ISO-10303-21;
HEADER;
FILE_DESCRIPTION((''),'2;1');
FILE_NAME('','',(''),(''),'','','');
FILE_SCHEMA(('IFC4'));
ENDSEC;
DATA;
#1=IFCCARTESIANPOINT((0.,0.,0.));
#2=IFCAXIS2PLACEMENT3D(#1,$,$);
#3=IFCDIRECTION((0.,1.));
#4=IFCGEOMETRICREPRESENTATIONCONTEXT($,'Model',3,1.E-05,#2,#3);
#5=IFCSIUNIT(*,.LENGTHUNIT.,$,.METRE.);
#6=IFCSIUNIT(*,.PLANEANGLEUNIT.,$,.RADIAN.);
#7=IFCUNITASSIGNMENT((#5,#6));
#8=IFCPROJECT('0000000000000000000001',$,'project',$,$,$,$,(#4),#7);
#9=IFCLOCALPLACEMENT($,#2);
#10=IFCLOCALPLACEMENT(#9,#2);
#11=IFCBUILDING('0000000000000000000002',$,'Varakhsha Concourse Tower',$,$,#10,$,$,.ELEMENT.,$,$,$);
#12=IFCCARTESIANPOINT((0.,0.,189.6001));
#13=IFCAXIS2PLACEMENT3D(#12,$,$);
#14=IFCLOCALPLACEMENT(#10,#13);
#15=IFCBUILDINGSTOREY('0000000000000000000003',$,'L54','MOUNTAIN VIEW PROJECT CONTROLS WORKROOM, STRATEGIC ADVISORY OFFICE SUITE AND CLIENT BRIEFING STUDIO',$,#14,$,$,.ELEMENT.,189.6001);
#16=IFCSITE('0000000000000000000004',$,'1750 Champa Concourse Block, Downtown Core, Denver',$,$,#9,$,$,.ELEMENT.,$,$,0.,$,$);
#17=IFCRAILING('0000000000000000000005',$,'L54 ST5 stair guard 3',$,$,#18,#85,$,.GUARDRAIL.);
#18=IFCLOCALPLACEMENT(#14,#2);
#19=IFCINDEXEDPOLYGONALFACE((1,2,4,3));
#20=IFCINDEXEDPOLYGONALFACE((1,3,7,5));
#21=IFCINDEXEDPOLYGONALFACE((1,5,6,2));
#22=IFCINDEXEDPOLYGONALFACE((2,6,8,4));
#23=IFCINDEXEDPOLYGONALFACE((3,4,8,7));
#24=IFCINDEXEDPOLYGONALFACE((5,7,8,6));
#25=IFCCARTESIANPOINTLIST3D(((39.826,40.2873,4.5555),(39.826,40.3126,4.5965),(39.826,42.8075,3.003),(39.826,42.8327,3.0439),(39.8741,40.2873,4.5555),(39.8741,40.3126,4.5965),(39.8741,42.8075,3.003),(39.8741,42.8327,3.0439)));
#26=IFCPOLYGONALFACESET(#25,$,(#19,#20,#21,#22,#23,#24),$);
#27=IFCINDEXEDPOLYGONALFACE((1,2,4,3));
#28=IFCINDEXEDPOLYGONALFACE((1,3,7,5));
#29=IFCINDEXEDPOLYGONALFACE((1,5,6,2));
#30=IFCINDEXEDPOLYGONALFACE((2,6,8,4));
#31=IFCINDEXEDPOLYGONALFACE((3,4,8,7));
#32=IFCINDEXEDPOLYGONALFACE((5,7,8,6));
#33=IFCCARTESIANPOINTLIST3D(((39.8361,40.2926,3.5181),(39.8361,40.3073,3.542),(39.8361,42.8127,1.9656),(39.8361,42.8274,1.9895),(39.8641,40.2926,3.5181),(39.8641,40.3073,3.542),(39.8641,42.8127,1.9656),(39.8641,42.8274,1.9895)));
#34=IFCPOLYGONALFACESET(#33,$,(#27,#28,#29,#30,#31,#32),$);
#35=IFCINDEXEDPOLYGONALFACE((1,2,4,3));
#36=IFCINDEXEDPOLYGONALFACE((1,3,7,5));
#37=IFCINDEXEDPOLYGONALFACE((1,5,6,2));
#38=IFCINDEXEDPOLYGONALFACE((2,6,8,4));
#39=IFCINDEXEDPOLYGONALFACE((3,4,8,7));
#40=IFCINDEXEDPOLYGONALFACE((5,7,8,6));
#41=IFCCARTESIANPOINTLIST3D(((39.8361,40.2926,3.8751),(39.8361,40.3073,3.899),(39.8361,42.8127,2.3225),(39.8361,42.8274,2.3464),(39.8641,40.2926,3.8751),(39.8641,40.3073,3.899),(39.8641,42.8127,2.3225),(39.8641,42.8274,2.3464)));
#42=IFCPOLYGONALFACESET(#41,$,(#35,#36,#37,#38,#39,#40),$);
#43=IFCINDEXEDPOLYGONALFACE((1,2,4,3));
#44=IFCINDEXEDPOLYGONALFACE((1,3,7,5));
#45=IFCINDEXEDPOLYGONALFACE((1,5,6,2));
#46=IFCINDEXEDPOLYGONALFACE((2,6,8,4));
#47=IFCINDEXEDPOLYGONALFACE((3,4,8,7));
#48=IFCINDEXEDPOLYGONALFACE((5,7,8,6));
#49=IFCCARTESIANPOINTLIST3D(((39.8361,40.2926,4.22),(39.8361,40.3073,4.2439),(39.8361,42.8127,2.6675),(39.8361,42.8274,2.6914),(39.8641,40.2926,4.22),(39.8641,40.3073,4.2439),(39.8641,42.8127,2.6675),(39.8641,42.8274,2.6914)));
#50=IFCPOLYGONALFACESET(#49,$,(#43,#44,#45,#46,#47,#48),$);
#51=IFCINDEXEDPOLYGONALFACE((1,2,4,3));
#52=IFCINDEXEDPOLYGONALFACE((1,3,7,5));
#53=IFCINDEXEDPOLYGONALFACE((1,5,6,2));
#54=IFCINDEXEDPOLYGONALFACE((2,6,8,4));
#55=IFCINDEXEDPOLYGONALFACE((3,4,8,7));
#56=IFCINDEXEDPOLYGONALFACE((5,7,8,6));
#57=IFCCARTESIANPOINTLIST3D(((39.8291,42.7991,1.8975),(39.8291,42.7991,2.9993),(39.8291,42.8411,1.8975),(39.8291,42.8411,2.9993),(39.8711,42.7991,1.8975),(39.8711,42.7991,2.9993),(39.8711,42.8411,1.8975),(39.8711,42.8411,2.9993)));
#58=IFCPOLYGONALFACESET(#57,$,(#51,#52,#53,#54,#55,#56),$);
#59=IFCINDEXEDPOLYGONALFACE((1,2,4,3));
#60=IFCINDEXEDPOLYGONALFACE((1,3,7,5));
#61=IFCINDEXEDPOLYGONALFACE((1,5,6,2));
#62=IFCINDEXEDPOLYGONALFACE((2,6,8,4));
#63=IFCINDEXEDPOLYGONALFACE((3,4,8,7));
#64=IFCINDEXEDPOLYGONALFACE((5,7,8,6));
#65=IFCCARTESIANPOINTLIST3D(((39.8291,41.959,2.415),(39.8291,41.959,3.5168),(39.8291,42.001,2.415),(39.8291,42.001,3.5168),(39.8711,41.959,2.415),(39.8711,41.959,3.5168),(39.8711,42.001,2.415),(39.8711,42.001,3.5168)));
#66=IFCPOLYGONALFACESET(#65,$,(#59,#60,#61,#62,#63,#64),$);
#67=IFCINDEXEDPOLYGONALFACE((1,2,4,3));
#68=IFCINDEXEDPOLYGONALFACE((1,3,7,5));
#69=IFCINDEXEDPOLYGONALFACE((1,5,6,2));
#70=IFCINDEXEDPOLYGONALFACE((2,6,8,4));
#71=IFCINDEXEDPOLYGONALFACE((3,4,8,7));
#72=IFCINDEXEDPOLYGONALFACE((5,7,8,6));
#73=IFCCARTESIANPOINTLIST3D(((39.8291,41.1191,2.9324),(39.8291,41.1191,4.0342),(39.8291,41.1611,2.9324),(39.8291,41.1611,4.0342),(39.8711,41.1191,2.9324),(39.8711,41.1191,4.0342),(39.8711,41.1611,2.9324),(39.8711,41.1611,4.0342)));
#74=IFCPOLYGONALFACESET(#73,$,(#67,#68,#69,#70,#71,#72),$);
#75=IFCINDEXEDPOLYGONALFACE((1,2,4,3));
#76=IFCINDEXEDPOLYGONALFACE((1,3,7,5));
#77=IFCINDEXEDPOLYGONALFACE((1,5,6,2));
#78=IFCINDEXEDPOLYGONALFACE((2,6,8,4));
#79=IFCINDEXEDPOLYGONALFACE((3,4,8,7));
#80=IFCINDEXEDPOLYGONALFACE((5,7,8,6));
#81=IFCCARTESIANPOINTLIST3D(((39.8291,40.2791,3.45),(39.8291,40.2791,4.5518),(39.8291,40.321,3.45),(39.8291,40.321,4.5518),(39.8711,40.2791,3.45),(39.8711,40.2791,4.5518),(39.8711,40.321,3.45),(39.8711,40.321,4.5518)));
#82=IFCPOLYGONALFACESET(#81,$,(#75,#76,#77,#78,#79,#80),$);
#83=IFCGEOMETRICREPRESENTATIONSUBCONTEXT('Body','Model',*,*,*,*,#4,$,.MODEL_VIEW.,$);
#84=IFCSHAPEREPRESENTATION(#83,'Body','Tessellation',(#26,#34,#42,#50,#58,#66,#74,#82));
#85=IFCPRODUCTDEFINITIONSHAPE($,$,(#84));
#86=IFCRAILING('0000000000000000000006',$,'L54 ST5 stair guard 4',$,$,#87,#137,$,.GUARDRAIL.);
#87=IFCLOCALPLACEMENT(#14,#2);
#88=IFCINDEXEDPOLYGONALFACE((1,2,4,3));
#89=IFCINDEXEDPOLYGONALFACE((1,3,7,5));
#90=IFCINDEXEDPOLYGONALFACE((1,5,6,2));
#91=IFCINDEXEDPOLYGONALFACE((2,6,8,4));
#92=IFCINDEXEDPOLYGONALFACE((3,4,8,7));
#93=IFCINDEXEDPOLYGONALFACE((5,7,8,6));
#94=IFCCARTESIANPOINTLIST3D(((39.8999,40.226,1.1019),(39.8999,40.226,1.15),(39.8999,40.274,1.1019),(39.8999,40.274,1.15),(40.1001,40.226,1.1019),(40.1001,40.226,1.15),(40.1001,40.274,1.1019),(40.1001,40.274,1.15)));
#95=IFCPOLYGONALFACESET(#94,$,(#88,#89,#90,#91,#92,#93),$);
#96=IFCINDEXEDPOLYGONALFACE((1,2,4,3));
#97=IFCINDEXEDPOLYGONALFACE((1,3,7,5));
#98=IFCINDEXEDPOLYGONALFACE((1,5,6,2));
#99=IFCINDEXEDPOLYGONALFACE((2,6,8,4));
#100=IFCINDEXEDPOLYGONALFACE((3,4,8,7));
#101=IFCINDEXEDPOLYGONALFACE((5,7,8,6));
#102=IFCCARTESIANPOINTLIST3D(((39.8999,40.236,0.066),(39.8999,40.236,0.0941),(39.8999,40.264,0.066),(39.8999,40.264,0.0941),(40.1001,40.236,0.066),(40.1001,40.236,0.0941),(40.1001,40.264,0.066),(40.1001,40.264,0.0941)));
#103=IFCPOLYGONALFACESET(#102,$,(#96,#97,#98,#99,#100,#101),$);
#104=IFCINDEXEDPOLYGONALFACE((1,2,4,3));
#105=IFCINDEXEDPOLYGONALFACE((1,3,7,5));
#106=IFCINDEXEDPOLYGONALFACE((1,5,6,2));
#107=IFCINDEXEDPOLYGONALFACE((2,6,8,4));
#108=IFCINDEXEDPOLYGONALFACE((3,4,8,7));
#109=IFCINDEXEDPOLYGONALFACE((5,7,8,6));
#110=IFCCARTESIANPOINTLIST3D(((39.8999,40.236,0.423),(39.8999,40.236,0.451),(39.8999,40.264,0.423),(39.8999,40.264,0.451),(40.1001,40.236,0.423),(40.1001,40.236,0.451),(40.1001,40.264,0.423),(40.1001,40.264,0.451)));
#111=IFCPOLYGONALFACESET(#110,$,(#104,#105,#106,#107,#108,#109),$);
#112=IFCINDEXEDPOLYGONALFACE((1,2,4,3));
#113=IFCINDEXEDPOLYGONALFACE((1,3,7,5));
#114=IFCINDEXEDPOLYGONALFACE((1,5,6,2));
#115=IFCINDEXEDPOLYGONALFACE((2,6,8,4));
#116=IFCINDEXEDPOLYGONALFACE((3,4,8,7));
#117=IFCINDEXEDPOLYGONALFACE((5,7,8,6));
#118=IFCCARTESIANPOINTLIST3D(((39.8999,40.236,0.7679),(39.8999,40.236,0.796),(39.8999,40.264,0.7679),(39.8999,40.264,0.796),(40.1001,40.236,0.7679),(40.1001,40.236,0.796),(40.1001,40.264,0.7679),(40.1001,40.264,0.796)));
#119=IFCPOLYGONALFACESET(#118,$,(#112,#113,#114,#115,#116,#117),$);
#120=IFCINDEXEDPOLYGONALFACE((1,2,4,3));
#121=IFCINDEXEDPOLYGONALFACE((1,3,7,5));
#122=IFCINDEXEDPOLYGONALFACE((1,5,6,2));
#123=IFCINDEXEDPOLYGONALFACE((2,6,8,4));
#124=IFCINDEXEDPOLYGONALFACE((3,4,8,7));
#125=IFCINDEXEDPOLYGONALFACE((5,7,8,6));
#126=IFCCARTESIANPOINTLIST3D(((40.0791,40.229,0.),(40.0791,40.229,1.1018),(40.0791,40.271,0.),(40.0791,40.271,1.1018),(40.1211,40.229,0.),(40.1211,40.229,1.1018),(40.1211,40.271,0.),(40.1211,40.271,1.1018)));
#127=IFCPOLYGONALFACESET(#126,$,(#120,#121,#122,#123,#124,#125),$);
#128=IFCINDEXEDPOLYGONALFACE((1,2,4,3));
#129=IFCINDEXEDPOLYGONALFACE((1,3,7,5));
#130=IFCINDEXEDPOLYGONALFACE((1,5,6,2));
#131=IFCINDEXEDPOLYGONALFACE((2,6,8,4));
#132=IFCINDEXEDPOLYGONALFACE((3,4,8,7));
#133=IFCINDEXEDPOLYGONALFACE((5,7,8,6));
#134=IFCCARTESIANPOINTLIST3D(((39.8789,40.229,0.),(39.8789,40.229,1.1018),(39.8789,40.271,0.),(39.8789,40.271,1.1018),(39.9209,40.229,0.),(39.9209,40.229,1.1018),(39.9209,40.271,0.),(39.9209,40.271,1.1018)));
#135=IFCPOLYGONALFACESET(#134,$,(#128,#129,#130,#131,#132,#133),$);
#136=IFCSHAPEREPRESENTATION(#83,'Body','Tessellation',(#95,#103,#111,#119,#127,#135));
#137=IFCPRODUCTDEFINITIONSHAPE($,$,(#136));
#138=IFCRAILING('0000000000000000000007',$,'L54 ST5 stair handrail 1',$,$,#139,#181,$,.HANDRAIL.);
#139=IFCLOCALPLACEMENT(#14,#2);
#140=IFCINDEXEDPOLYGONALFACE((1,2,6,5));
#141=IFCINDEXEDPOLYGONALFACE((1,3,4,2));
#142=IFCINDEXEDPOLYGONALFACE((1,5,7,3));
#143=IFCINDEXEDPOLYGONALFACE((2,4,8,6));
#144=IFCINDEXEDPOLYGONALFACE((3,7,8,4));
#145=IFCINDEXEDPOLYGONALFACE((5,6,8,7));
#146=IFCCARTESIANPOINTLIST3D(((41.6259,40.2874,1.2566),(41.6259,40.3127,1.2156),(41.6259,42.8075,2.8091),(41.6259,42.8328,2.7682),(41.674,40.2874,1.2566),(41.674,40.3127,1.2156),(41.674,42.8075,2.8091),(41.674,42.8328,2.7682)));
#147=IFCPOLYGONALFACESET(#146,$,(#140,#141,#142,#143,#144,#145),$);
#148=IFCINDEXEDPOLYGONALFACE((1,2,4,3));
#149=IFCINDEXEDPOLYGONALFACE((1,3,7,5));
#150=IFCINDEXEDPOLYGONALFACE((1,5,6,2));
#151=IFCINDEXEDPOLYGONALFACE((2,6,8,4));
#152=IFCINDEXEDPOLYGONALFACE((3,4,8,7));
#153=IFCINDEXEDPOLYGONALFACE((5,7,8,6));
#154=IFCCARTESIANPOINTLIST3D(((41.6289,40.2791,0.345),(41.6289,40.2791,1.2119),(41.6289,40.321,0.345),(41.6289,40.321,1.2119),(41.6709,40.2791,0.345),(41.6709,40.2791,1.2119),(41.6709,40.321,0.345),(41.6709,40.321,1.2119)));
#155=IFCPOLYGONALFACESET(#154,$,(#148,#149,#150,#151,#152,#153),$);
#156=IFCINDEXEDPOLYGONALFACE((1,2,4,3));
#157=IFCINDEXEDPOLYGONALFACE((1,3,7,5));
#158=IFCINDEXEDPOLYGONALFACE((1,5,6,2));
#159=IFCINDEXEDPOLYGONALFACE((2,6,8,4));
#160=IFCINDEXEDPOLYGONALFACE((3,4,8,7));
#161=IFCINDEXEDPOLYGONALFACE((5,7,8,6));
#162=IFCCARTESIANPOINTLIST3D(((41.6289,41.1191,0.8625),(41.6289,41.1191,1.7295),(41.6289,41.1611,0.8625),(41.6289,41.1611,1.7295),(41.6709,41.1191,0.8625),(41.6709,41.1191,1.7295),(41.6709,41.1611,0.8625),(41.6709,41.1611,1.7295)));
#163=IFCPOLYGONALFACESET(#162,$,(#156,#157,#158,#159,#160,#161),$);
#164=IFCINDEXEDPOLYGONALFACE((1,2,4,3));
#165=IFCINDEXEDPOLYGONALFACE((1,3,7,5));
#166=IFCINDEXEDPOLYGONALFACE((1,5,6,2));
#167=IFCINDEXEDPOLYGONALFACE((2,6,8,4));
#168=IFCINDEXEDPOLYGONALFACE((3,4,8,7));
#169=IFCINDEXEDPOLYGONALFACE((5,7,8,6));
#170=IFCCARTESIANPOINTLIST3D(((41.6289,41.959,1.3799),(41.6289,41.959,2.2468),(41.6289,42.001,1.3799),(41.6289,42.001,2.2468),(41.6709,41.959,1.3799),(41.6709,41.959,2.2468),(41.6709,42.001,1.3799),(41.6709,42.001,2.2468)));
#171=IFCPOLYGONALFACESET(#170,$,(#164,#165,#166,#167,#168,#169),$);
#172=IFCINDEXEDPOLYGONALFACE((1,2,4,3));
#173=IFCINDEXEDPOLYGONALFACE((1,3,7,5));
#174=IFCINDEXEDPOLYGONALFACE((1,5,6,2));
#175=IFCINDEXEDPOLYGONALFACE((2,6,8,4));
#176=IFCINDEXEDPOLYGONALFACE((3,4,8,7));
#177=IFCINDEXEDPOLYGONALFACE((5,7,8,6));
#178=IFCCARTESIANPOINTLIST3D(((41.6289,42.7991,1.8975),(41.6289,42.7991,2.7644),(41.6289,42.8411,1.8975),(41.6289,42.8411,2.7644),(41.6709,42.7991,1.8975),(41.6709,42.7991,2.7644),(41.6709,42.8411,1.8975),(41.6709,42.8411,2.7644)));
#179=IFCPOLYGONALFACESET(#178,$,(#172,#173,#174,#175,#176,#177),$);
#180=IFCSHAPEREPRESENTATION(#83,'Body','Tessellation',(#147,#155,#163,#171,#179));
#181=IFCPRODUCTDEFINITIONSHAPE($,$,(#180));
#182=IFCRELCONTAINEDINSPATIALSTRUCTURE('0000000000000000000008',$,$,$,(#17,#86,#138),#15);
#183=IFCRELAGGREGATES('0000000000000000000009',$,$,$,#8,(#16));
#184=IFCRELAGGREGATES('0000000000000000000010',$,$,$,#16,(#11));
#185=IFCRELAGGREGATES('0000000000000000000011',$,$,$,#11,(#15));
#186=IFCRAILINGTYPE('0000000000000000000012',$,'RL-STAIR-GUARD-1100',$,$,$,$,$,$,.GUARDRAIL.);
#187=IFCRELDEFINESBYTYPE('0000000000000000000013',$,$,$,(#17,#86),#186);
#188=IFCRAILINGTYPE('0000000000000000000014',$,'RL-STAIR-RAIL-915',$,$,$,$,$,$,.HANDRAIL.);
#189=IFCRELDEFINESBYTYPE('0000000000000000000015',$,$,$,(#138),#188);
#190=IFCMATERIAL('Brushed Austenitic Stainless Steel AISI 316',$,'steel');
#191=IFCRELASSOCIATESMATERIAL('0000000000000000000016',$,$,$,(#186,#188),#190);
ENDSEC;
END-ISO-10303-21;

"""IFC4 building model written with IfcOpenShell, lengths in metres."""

from ifc_helpers import new_model, si_unit, direction, frame, origin, origin_2d, place, context, subcontext, project, spatial, rectangle, extrude, material, type_object, element, save


model = new_model("IFC4")

# Units and contexts
model_context = context("Model", 3, precision=1e-05, world=origin(), true_north=direction((0.0, 1.0)))
body_context = subcontext(model_context, "Body", "Model", "MODEL_VIEW")
ifc_project = project(units=[si_unit("LENGTHUNIT", "METRE"), si_unit("PLANEANGLEUNIT", "RADIAN")], contexts=[model_context])

# Site, building, storey
site_placement = place(None, origin())
site = spatial("IfcSite", under=ifc_project, at=site_placement, Name="1750 Champa Concourse Block, Downtown Core, Denver", CompositionType="ELEMENT", RefElevation=0.0)
building_placement = place(site_placement, origin())
building = spatial("IfcBuilding", under=site, at=building_placement, Name="Varakhsha Concourse Tower", CompositionType="ELEMENT")
storey_placement = place(building_placement, frame((0.0, 0.0, 189.6001)))
storey = spatial("IfcBuildingStorey", under=building, at=storey_placement, Name="L54", Description="MOUNTAIN VIEW PROJECT CONTROLS WORKROOM, STRATEGIC ADVISORY OFFICE SUITE AND CLIENT BRIEFING STUDIO", CompositionType="ELEMENT", Elevation=189.6001)

# Railings
ifc_material_1 = material(Name="Brushed Austenitic Stainless Steel AISI 316", Category="steel")
railing_type_1 = type_object("IfcRailingType", Name="RL-STAIR-GUARD-1100", PredefinedType="GUARDRAIL", material=ifc_material_1)
railing_1_placement = place(storey_placement, frame((39.8501, 42.8201, 1.8975)))
element("IfcRailing", 1, at=railing_1_placement, inside=storey, type_object=railing_type_1, Name="L54 ST5 stair guard 3", PredefinedType="GUARDRAIL", context=body_context, shape_type="SweptSolid", body=[
    extrude(rectangle(XDim=0.0481, YDim=0.0481, at=origin_2d()), frame((0.0, 0.0, 1.126), z_axis=(0.0, -0.8514, 0.524516), x_axis=(1.0, 0.0, 0.0)), (0.0, 0.0, 1.0), 2.96),
    extrude(rectangle(XDim=0.0281, YDim=0.0281, at=origin_2d()), frame((0.0, 0.0, 0.0801), z_axis=(0.0, -0.8514, 0.524516), x_axis=(1.0, 0.0, 0.0)), (0.0, 0.0, 1.0), 2.96),
    extrude(rectangle(XDim=0.0281, YDim=0.0281, at=origin_2d()), frame((0.0, 0.0, 0.437), z_axis=(0.0, -0.8514, 0.524516), x_axis=(1.0, 0.0, 0.0)), (0.0, 0.0, 1.0), 2.96),
    extrude(rectangle(XDim=0.0281, YDim=0.0281, at=origin_2d()), frame((0.0, 0.0, 0.782), z_axis=(0.0, -0.8514, 0.524516), x_axis=(1.0, 0.0, 0.0)), (0.0, 0.0, 1.0), 2.96),
    extrude(rectangle(XDim=0.042, YDim=0.042, at=origin_2d()), origin(), (0.0, 0.0, 1.0), 1.1018),
    extrude(rectangle(XDim=0.042, YDim=0.042, at=origin_2d()), frame((0.0, -0.8401, 0.5176)), (0.0, 0.0, 1.0), 1.1018),
    extrude(rectangle(XDim=0.042, YDim=0.042, at=origin_2d()), frame((0.0, -1.6799, 1.0349)), (0.0, 0.0, 1.0), 1.1018),
    extrude(rectangle(XDim=0.042, YDim=0.042, at=origin_2d()), frame((0.0, -2.52, 1.5525)), (0.0, 0.0, 1.0), 1.1018),
])
railing_2_placement = place(storey_placement, frame((40.1001, 40.25, 0.0)))
element("IfcRailing", 2, at=railing_2_placement, inside=storey, type_object=railing_type_1, Name="L54 ST5 stair guard 4", PredefinedType="GUARDRAIL", context=body_context, shape_type="SweptSolid", body=[
    extrude(rectangle(XDim=0.0481, YDim=0.0481, at=origin_2d()), frame((0.0, 0.0, 1.126), z_axis=(-1.0, 0.0, 0.0), x_axis=(0.0, -1.0, 0.0)), (0.0, 0.0, 1.0), 0.2002),
    extrude(rectangle(XDim=0.0281, YDim=0.0281, at=origin_2d()), frame((0.0, 0.0, 0.0801), z_axis=(-1.0, 0.0, 0.0), x_axis=(0.0, -1.0, 0.0)), (0.0, 0.0, 1.0), 0.2002),
    extrude(rectangle(XDim=0.0281, YDim=0.0281, at=origin_2d()), frame((0.0, 0.0, 0.437), z_axis=(-1.0, 0.0, 0.0), x_axis=(0.0, -1.0, 0.0)), (0.0, 0.0, 1.0), 0.2002),
    extrude(rectangle(XDim=0.0281, YDim=0.0281, at=origin_2d()), frame((0.0, 0.0, 0.782), z_axis=(-1.0, 0.0, 0.0), x_axis=(0.0, -1.0, 0.0)), (0.0, 0.0, 1.0), 0.2002),
    extrude(rectangle(XDim=0.042, YDim=0.042, at=origin_2d()), origin(), (0.0, 0.0, 1.0), 1.1018),
    extrude(rectangle(XDim=0.042, YDim=0.042, at=origin_2d()), frame((-0.2002, 0.0, 0.0)), (0.0, 0.0, 1.0), 1.1018),
])
railing_type_2 = type_object("IfcRailingType", Name="RL-STAIR-RAIL-915", PredefinedType="HANDRAIL", material=ifc_material_1)
railing_3_placement = place(storey_placement, frame((41.6499, 40.3, 0.345)))
element("IfcRailing", 3, at=railing_3_placement, inside=storey, type_object=railing_type_2, Name="L54 ST5 stair handrail 1", PredefinedType="HANDRAIL", context=body_context, shape_type="SweptSolid", body=[
    extrude(rectangle(XDim=0.0481, YDim=0.0481, at=origin_2d()), frame((0.0, 0.0, 0.8911), z_axis=(0.0, 0.8514, 0.524516), x_axis=(-1.0, 0.0, 0.0)), (0.0, 0.0, 1.0), 2.96),
    extrude(rectangle(XDim=0.042, YDim=0.042, at=origin_2d()), origin(), (0.0, 0.0, 1.0), 0.8669),
    extrude(rectangle(XDim=0.042, YDim=0.042, at=origin_2d()), frame((0.0, 0.8401, 0.5176)), (0.0, 0.0, 1.0), 0.8669),
    extrude(rectangle(XDim=0.042, YDim=0.042, at=origin_2d()), frame((0.0, 1.6799, 1.0349)), (0.0, 0.0, 1.0), 0.8669),
    extrude(rectangle(XDim=0.042, YDim=0.042, at=origin_2d()), frame((0.0, 2.52, 1.5525)), (0.0, 0.0, 1.0), 0.8669),
])

save(model, "model.ifc")
